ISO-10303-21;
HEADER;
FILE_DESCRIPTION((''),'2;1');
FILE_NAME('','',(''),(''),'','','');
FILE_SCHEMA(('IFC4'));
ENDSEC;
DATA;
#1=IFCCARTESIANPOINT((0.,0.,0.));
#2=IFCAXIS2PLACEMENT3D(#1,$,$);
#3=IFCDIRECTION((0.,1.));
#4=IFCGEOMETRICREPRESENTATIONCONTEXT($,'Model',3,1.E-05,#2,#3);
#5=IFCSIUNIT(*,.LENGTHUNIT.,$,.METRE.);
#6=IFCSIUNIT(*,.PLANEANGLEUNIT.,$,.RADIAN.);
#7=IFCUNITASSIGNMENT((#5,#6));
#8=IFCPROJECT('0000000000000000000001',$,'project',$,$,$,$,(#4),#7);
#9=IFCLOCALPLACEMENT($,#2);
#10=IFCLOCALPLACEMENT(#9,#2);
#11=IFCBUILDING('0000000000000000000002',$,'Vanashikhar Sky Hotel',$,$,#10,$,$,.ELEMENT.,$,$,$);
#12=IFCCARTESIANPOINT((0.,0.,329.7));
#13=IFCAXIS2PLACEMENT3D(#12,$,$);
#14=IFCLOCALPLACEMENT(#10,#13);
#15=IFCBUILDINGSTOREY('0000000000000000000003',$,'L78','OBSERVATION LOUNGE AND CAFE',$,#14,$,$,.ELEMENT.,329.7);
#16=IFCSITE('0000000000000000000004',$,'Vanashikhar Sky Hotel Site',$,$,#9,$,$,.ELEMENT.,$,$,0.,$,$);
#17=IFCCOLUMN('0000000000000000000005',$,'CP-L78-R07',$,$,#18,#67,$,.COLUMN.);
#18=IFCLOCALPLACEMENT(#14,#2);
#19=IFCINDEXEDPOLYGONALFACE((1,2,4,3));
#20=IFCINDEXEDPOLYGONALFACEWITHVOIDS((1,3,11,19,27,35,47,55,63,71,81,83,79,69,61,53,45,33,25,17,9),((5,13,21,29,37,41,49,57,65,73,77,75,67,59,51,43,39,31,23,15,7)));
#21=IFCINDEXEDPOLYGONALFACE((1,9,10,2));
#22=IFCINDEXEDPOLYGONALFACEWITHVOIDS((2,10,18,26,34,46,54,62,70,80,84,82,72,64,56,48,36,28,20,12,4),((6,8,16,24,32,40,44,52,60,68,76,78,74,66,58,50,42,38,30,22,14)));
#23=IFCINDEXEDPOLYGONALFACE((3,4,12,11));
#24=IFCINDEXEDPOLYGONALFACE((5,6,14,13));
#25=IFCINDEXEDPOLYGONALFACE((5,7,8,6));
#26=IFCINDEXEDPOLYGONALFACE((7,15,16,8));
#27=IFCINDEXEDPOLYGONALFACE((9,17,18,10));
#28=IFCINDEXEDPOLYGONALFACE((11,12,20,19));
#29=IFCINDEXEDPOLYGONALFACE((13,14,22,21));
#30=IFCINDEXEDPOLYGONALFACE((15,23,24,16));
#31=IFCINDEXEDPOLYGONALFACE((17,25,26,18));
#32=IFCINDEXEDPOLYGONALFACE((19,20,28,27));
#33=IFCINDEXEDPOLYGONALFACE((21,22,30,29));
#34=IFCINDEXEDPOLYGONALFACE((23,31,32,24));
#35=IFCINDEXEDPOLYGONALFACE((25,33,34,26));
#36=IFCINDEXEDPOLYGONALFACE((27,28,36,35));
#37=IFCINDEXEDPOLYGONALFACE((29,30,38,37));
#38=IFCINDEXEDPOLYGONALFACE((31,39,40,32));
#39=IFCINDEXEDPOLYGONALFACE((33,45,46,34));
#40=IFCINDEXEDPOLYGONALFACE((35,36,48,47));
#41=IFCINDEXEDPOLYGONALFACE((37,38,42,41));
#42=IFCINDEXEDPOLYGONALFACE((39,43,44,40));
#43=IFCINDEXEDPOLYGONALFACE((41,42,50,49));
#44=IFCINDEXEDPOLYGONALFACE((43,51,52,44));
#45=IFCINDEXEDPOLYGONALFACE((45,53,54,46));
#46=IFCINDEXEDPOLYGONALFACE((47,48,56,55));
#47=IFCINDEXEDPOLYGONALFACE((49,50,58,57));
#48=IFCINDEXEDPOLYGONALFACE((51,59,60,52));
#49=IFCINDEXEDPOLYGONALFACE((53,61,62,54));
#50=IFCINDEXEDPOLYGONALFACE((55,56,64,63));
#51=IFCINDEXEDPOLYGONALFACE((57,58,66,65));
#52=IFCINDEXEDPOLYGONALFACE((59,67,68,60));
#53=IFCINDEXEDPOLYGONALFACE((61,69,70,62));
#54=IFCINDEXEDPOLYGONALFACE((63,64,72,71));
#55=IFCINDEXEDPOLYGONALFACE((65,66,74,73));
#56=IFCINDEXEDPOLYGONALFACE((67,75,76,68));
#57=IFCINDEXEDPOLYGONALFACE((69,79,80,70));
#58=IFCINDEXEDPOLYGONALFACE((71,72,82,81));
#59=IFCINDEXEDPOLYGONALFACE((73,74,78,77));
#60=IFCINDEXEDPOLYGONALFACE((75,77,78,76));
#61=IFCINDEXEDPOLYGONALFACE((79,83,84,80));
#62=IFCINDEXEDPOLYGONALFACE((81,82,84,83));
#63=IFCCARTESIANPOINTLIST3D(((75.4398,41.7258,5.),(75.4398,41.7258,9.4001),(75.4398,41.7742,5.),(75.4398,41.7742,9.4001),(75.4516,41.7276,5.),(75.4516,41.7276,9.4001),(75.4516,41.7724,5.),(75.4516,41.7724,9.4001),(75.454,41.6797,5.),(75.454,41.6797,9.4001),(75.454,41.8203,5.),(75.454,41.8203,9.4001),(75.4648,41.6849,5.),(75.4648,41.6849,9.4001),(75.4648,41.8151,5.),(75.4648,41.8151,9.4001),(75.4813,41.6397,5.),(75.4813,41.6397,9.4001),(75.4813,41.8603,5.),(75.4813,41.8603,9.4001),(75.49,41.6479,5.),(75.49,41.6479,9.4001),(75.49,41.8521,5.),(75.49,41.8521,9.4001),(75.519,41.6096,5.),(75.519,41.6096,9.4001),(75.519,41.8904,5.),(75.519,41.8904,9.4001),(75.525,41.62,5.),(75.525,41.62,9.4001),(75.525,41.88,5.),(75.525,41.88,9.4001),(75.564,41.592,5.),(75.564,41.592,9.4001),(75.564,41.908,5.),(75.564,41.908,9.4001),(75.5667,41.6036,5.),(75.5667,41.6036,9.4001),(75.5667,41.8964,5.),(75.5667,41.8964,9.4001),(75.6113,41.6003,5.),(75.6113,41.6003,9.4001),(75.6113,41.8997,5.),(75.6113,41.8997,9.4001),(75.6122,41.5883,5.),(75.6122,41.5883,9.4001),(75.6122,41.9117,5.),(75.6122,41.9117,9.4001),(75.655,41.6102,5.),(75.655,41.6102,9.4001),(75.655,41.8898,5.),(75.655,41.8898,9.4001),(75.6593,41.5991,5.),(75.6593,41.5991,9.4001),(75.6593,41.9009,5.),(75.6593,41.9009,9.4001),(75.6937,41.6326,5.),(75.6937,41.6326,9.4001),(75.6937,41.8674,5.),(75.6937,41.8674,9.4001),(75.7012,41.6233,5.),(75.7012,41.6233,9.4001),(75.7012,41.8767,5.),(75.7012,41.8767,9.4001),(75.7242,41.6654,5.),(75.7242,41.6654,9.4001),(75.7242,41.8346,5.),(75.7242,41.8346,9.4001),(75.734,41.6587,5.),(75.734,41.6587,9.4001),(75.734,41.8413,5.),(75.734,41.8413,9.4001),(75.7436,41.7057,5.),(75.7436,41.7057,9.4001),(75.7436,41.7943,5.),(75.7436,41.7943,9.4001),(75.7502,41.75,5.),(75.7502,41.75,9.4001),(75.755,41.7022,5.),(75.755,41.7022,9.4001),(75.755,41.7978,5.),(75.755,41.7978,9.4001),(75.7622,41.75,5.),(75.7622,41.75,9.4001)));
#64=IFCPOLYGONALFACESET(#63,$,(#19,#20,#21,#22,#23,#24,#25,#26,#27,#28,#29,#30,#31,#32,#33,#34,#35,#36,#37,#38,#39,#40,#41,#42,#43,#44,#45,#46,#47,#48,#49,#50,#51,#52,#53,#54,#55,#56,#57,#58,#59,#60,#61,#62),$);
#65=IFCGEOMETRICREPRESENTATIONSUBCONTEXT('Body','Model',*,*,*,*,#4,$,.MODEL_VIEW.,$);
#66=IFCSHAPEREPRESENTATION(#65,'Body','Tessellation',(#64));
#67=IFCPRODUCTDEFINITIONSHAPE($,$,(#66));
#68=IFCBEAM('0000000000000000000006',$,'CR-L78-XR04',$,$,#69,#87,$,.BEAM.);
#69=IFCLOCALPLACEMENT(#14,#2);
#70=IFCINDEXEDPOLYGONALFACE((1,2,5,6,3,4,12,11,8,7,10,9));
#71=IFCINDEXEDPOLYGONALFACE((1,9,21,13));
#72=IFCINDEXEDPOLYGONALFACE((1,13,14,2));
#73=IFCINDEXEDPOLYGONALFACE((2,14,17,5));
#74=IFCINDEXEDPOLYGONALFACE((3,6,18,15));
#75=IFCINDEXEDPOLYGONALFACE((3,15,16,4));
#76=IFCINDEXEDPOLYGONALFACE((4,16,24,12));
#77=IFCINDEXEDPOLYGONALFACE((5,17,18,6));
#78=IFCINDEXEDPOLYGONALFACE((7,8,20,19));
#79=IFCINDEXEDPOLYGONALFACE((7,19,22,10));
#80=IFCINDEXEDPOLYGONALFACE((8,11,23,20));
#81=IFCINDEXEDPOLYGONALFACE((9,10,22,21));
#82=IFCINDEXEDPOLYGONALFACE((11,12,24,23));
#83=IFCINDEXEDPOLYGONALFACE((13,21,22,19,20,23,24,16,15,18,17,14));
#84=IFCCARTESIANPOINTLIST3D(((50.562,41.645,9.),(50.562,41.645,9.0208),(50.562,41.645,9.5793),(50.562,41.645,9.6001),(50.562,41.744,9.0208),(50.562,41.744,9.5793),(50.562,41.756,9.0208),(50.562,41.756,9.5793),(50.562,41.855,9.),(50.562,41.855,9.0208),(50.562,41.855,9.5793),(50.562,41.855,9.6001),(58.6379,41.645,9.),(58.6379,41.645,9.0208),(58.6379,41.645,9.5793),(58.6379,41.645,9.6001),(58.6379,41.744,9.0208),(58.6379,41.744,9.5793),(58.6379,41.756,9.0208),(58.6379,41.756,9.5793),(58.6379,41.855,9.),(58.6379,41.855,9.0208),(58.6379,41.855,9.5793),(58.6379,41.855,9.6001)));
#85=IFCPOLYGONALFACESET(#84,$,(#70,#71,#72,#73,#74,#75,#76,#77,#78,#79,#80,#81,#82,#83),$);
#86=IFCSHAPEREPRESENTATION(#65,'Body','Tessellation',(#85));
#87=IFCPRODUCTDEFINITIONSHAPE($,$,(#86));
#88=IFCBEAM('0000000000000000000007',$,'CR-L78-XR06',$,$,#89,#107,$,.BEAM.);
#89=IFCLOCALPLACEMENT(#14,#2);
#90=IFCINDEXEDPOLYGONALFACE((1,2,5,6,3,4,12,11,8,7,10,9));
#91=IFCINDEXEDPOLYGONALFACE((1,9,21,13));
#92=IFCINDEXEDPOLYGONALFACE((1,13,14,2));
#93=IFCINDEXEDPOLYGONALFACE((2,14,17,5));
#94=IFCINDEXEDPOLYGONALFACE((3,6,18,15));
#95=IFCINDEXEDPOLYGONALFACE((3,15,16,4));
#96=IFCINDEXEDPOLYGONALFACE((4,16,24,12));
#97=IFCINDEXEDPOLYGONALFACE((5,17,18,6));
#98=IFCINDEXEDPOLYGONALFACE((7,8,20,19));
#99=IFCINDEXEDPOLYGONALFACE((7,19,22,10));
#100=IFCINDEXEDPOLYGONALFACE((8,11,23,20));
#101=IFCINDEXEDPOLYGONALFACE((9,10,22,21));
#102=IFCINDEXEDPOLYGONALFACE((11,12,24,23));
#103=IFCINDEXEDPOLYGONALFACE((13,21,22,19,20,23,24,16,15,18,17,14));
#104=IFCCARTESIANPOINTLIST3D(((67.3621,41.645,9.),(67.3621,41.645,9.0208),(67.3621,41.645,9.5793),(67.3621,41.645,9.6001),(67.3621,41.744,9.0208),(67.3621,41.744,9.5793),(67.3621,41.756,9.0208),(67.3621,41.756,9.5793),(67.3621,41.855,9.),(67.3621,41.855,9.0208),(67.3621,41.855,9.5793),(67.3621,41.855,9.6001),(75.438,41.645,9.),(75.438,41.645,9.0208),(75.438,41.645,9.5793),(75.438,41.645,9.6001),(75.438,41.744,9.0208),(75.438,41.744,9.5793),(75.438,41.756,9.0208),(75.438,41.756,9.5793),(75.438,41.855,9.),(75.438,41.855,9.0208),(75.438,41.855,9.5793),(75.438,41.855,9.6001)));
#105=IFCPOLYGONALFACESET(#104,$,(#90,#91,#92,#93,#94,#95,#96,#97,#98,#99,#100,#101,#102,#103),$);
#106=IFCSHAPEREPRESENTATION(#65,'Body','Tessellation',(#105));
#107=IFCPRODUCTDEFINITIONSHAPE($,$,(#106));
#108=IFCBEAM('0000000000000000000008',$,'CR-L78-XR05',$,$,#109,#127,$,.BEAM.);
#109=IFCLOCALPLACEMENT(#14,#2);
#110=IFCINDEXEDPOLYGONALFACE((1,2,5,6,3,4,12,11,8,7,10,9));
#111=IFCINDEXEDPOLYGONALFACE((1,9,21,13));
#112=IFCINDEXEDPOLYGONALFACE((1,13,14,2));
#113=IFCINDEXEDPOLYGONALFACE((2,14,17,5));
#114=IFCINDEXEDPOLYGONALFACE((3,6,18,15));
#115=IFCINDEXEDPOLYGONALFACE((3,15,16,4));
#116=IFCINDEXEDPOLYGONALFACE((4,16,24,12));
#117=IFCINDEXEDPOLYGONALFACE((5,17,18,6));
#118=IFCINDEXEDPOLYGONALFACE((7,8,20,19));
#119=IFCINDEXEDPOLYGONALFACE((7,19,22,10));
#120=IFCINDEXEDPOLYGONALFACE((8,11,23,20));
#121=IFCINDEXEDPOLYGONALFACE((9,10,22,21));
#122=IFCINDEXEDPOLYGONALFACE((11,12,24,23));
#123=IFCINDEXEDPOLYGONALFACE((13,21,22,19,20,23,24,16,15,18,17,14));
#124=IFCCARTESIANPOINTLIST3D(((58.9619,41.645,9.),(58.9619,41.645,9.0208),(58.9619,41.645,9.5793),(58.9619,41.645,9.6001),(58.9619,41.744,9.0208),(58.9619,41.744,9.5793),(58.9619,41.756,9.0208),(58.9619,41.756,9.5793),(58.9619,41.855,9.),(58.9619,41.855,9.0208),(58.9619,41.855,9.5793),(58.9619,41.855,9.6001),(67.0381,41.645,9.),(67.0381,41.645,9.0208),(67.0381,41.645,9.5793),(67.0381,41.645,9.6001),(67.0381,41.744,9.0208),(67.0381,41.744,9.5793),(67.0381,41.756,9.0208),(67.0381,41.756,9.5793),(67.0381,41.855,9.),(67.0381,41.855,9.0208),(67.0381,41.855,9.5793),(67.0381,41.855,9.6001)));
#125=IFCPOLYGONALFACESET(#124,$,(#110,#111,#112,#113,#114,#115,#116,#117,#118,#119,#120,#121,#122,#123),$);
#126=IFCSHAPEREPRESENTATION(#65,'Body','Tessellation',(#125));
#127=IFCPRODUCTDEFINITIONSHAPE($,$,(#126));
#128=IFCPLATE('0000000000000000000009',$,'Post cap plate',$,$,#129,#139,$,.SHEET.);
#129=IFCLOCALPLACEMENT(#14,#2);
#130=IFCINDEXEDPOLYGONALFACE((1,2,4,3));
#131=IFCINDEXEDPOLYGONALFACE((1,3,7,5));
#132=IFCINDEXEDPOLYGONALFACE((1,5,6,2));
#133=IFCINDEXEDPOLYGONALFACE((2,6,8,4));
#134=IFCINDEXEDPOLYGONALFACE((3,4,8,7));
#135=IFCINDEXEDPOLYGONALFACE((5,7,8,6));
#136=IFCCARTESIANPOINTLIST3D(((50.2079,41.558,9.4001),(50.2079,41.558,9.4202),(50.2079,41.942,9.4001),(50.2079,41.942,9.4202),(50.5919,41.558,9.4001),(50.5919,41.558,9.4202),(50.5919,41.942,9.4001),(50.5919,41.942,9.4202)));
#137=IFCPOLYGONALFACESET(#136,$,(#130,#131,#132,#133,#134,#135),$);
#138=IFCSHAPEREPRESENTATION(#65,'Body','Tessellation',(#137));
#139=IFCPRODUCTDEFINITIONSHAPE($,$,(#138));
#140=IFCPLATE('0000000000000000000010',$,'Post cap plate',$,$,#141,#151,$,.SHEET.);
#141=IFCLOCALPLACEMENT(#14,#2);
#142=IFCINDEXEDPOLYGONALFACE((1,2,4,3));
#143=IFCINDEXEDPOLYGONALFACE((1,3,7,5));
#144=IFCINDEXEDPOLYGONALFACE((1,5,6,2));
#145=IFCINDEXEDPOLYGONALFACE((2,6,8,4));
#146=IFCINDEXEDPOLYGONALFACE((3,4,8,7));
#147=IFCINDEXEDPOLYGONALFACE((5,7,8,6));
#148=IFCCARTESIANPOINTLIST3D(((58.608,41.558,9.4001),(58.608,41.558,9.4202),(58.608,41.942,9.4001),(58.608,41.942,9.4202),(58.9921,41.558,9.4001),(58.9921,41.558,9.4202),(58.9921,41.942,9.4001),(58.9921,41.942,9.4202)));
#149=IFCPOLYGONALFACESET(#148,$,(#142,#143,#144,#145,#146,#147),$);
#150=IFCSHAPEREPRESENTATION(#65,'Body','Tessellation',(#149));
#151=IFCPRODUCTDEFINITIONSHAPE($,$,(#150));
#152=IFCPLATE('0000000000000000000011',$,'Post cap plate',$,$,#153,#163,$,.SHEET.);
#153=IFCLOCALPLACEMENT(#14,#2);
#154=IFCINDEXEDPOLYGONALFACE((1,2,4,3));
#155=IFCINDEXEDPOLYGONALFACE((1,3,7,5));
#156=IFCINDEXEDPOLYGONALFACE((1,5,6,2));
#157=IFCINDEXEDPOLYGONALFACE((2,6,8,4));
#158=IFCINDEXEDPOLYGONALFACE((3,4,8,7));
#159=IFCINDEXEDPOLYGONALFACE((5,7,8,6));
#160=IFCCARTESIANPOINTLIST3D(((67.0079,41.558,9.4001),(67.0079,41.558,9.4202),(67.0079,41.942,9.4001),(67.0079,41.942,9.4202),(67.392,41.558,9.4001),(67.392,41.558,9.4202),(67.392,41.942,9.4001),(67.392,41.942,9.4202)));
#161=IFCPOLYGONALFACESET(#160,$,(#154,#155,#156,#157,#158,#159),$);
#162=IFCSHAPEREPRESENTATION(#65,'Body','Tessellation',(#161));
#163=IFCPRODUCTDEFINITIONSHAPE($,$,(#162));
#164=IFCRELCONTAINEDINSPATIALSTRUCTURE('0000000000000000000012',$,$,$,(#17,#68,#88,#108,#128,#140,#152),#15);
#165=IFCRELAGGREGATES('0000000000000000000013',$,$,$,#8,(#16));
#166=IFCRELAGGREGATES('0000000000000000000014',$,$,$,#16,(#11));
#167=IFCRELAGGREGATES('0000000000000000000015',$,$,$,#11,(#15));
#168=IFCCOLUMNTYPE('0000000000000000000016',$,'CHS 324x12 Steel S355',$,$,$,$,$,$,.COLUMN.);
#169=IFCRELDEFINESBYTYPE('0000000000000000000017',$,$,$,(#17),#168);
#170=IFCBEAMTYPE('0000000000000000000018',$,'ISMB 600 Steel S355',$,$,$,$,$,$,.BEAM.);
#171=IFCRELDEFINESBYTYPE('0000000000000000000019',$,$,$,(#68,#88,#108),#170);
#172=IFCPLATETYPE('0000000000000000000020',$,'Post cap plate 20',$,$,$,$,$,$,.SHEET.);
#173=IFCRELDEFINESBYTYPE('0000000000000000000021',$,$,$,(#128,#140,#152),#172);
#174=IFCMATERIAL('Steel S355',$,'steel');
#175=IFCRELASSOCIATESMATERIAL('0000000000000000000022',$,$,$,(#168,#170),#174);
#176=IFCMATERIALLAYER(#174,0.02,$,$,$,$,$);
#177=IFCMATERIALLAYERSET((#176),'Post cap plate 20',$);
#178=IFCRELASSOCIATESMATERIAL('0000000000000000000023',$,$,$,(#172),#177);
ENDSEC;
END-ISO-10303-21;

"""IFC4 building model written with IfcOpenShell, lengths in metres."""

from ifc_helpers import new_model, si_unit, direction, frame, origin, origin_2d, place, context, subcontext, project, spatial, rectangle, hollow_circle, i_section, extrude, source, transform, mapped, material, layer, layer_set, material_profile, profile_set, type_object, element, save


model = new_model("IFC4")

# Units and contexts
model_context = context("Model", 3, precision=1e-05, world=origin(), true_north=direction((0.0, 1.0)))
body_context = subcontext(model_context, "Body", "Model", "MODEL_VIEW")
ifc_project = project(units=[si_unit("LENGTHUNIT", "METRE"), si_unit("PLANEANGLEUNIT", "RADIAN")], contexts=[model_context])

# Site, building, storey
site_placement = place(None, origin())
site = spatial("IfcSite", under=ifc_project, at=site_placement, Name="Vanashikhar Sky Hotel Site", CompositionType="ELEMENT", RefElevation=0.0)
building_placement = place(site_placement, origin())
building = spatial("IfcBuilding", under=site, at=building_placement, Name="Vanashikhar Sky Hotel", CompositionType="ELEMENT")
storey_placement = place(building_placement, frame((0.0, 0.0, 329.7)))
storey = spatial("IfcBuildingStorey", under=building, at=storey_placement, Name="L78", Description="OBSERVATION LOUNGE AND CAFE", CompositionType="ELEMENT", Elevation=329.7)

# Column
ifc_material_1 = material(Name="Steel S355", Category="steel")
ifc_material_profile_1 = material_profile(ifc_material_1, hollow_circle(Radius=0.1621, WallThickness=0.012, at=origin_2d()))
ifc_profile_set_1 = profile_set([ifc_material_profile_1], Name="CHS 324x12 Steel S355")
column_type = type_object("IfcColumnType", Name="CHS 324x12 Steel S355", PredefinedType="COLUMN", material=ifc_profile_set_1)
shared_shape_1 = source(origin(), body_context, "Body", "SweptSolid", [
    extrude(hollow_circle(Radius=0.1621, WallThickness=0.012, at=origin_2d()), origin(), (0.0, 0.0, 1.0), 4.4001),
])
for number, where, z_axis, x_axis, name in (
    (1, (75.6001, 41.75, 5.0), (0.0, 0.0, 1.0), (1.0, 0.0, 0.0), "CP-L78-R07"),
):
    element("IfcColumn", number, at=place(storey_placement, frame(where, z_axis=z_axis, x_axis=x_axis)), inside=storey, type_object=column_type, Name=name, PredefinedType="COLUMN", context=body_context, shape_type="MappedRepresentation", body=[
        mapped(shared_shape_1, transform((0.0, 0.0, 0.0), scale=1.0)),
    ])

# Beams
ifc_material_profile_2 = material_profile(ifc_material_1, i_section(OverallWidth=0.21, OverallDepth=0.6001, WebThickness=0.012, FlangeThickness=0.0208, at=origin_2d()), Name="ISMB 600")
ifc_profile_set_2 = profile_set([ifc_material_profile_2], Name="Steel S355")
beam_type = type_object("IfcBeamType", Name="ISMB 600 Steel S355", PredefinedType="BEAM", material=ifc_profile_set_2)
shared_shape_2 = source(origin(), body_context, "Body", "SweptSolid", [
    extrude(i_section(OverallWidth=0.21, OverallDepth=0.6001, WebThickness=0.012, FlangeThickness=0.0208, at=origin_2d()), origin(), (0.0, 0.0, 1.0), 8.0759),
])
for number, where, z_axis, x_axis, name in (
    (2, (50.562, 41.75, 9.3), (1.0, 0.0, 0.0), (0.0, 1.0, 0.0), "CR-L78-XR04"),
    (3, (67.3621, 41.75, 9.3), (1.0, 0.0, 0.0), (0.0, 1.0, 0.0), "CR-L78-XR06"),
):
    element("IfcBeam", number, at=place(storey_placement, frame(where, z_axis=z_axis, x_axis=x_axis)), inside=storey, type_object=beam_type, Name=name, PredefinedType="BEAM", context=body_context, shape_type="MappedRepresentation", body=[
        mapped(shared_shape_2, transform((0.0, 0.0, 0.0), scale=1.0)),
    ])
shared_shape_3 = source(origin(), body_context, "Body", "SweptSolid", [
    extrude(i_section(OverallWidth=0.21, OverallDepth=0.6001, WebThickness=0.012, FlangeThickness=0.0208, at=origin_2d()), origin(), (0.0, 0.0, 1.0), 8.0762),
])
beam_placement = place(storey_placement, frame((58.9619, 41.75, 9.3), z_axis=(1.0, 0.0, 0.0), x_axis=(0.0, 1.0, 0.0)))
element("IfcBeam", 4, at=beam_placement, inside=storey, type_object=beam_type, Name="CR-L78-XR05", PredefinedType="BEAM", context=body_context, shape_type="MappedRepresentation", body=[
    mapped(shared_shape_3, transform((0.0, 0.0, 0.0), scale=1.0)),
])

# Plates
ifc_layer_1 = layer(ifc_material_1, 0.02)
ifc_layer_set_1 = layer_set([ifc_layer_1], Name="Post cap plate 20")
plate_type = type_object("IfcPlateType", Name="Post cap plate 20", PredefinedType="SHEET", material=ifc_layer_set_1)
shared_shape_4 = source(origin(), body_context, "Body", "SweptSolid", [
    extrude(rectangle(XDim=0.384, YDim=0.384, at=origin_2d()), origin(), (0.0, 0.0, 1.0), 0.02),
])
for number, where, z_axis, x_axis, name in (
    (5, (50.3999, 41.75, 9.4001), (0.0, 0.0, 1.0), (1.0, 0.0, 0.0), "Post cap plate"),
    (6, (58.8, 41.75, 9.4001), (0.0, 0.0, 1.0), (1.0, 0.0, 0.0), "Post cap plate"),
    (7, (67.2, 41.75, 9.4001), (0.0, 0.0, 1.0), (1.0, 0.0, 0.0), "Post cap plate"),
):
    element("IfcPlate", number, at=place(storey_placement, frame(where, z_axis=z_axis, x_axis=x_axis)), inside=storey, type_object=plate_type, Name=name, PredefinedType="SHEET", context=body_context, shape_type="MappedRepresentation", body=[
        mapped(shared_shape_4, transform((0.0, 0.0, 0.0), scale=1.0)),
    ])

save(model, "model.ifc")
